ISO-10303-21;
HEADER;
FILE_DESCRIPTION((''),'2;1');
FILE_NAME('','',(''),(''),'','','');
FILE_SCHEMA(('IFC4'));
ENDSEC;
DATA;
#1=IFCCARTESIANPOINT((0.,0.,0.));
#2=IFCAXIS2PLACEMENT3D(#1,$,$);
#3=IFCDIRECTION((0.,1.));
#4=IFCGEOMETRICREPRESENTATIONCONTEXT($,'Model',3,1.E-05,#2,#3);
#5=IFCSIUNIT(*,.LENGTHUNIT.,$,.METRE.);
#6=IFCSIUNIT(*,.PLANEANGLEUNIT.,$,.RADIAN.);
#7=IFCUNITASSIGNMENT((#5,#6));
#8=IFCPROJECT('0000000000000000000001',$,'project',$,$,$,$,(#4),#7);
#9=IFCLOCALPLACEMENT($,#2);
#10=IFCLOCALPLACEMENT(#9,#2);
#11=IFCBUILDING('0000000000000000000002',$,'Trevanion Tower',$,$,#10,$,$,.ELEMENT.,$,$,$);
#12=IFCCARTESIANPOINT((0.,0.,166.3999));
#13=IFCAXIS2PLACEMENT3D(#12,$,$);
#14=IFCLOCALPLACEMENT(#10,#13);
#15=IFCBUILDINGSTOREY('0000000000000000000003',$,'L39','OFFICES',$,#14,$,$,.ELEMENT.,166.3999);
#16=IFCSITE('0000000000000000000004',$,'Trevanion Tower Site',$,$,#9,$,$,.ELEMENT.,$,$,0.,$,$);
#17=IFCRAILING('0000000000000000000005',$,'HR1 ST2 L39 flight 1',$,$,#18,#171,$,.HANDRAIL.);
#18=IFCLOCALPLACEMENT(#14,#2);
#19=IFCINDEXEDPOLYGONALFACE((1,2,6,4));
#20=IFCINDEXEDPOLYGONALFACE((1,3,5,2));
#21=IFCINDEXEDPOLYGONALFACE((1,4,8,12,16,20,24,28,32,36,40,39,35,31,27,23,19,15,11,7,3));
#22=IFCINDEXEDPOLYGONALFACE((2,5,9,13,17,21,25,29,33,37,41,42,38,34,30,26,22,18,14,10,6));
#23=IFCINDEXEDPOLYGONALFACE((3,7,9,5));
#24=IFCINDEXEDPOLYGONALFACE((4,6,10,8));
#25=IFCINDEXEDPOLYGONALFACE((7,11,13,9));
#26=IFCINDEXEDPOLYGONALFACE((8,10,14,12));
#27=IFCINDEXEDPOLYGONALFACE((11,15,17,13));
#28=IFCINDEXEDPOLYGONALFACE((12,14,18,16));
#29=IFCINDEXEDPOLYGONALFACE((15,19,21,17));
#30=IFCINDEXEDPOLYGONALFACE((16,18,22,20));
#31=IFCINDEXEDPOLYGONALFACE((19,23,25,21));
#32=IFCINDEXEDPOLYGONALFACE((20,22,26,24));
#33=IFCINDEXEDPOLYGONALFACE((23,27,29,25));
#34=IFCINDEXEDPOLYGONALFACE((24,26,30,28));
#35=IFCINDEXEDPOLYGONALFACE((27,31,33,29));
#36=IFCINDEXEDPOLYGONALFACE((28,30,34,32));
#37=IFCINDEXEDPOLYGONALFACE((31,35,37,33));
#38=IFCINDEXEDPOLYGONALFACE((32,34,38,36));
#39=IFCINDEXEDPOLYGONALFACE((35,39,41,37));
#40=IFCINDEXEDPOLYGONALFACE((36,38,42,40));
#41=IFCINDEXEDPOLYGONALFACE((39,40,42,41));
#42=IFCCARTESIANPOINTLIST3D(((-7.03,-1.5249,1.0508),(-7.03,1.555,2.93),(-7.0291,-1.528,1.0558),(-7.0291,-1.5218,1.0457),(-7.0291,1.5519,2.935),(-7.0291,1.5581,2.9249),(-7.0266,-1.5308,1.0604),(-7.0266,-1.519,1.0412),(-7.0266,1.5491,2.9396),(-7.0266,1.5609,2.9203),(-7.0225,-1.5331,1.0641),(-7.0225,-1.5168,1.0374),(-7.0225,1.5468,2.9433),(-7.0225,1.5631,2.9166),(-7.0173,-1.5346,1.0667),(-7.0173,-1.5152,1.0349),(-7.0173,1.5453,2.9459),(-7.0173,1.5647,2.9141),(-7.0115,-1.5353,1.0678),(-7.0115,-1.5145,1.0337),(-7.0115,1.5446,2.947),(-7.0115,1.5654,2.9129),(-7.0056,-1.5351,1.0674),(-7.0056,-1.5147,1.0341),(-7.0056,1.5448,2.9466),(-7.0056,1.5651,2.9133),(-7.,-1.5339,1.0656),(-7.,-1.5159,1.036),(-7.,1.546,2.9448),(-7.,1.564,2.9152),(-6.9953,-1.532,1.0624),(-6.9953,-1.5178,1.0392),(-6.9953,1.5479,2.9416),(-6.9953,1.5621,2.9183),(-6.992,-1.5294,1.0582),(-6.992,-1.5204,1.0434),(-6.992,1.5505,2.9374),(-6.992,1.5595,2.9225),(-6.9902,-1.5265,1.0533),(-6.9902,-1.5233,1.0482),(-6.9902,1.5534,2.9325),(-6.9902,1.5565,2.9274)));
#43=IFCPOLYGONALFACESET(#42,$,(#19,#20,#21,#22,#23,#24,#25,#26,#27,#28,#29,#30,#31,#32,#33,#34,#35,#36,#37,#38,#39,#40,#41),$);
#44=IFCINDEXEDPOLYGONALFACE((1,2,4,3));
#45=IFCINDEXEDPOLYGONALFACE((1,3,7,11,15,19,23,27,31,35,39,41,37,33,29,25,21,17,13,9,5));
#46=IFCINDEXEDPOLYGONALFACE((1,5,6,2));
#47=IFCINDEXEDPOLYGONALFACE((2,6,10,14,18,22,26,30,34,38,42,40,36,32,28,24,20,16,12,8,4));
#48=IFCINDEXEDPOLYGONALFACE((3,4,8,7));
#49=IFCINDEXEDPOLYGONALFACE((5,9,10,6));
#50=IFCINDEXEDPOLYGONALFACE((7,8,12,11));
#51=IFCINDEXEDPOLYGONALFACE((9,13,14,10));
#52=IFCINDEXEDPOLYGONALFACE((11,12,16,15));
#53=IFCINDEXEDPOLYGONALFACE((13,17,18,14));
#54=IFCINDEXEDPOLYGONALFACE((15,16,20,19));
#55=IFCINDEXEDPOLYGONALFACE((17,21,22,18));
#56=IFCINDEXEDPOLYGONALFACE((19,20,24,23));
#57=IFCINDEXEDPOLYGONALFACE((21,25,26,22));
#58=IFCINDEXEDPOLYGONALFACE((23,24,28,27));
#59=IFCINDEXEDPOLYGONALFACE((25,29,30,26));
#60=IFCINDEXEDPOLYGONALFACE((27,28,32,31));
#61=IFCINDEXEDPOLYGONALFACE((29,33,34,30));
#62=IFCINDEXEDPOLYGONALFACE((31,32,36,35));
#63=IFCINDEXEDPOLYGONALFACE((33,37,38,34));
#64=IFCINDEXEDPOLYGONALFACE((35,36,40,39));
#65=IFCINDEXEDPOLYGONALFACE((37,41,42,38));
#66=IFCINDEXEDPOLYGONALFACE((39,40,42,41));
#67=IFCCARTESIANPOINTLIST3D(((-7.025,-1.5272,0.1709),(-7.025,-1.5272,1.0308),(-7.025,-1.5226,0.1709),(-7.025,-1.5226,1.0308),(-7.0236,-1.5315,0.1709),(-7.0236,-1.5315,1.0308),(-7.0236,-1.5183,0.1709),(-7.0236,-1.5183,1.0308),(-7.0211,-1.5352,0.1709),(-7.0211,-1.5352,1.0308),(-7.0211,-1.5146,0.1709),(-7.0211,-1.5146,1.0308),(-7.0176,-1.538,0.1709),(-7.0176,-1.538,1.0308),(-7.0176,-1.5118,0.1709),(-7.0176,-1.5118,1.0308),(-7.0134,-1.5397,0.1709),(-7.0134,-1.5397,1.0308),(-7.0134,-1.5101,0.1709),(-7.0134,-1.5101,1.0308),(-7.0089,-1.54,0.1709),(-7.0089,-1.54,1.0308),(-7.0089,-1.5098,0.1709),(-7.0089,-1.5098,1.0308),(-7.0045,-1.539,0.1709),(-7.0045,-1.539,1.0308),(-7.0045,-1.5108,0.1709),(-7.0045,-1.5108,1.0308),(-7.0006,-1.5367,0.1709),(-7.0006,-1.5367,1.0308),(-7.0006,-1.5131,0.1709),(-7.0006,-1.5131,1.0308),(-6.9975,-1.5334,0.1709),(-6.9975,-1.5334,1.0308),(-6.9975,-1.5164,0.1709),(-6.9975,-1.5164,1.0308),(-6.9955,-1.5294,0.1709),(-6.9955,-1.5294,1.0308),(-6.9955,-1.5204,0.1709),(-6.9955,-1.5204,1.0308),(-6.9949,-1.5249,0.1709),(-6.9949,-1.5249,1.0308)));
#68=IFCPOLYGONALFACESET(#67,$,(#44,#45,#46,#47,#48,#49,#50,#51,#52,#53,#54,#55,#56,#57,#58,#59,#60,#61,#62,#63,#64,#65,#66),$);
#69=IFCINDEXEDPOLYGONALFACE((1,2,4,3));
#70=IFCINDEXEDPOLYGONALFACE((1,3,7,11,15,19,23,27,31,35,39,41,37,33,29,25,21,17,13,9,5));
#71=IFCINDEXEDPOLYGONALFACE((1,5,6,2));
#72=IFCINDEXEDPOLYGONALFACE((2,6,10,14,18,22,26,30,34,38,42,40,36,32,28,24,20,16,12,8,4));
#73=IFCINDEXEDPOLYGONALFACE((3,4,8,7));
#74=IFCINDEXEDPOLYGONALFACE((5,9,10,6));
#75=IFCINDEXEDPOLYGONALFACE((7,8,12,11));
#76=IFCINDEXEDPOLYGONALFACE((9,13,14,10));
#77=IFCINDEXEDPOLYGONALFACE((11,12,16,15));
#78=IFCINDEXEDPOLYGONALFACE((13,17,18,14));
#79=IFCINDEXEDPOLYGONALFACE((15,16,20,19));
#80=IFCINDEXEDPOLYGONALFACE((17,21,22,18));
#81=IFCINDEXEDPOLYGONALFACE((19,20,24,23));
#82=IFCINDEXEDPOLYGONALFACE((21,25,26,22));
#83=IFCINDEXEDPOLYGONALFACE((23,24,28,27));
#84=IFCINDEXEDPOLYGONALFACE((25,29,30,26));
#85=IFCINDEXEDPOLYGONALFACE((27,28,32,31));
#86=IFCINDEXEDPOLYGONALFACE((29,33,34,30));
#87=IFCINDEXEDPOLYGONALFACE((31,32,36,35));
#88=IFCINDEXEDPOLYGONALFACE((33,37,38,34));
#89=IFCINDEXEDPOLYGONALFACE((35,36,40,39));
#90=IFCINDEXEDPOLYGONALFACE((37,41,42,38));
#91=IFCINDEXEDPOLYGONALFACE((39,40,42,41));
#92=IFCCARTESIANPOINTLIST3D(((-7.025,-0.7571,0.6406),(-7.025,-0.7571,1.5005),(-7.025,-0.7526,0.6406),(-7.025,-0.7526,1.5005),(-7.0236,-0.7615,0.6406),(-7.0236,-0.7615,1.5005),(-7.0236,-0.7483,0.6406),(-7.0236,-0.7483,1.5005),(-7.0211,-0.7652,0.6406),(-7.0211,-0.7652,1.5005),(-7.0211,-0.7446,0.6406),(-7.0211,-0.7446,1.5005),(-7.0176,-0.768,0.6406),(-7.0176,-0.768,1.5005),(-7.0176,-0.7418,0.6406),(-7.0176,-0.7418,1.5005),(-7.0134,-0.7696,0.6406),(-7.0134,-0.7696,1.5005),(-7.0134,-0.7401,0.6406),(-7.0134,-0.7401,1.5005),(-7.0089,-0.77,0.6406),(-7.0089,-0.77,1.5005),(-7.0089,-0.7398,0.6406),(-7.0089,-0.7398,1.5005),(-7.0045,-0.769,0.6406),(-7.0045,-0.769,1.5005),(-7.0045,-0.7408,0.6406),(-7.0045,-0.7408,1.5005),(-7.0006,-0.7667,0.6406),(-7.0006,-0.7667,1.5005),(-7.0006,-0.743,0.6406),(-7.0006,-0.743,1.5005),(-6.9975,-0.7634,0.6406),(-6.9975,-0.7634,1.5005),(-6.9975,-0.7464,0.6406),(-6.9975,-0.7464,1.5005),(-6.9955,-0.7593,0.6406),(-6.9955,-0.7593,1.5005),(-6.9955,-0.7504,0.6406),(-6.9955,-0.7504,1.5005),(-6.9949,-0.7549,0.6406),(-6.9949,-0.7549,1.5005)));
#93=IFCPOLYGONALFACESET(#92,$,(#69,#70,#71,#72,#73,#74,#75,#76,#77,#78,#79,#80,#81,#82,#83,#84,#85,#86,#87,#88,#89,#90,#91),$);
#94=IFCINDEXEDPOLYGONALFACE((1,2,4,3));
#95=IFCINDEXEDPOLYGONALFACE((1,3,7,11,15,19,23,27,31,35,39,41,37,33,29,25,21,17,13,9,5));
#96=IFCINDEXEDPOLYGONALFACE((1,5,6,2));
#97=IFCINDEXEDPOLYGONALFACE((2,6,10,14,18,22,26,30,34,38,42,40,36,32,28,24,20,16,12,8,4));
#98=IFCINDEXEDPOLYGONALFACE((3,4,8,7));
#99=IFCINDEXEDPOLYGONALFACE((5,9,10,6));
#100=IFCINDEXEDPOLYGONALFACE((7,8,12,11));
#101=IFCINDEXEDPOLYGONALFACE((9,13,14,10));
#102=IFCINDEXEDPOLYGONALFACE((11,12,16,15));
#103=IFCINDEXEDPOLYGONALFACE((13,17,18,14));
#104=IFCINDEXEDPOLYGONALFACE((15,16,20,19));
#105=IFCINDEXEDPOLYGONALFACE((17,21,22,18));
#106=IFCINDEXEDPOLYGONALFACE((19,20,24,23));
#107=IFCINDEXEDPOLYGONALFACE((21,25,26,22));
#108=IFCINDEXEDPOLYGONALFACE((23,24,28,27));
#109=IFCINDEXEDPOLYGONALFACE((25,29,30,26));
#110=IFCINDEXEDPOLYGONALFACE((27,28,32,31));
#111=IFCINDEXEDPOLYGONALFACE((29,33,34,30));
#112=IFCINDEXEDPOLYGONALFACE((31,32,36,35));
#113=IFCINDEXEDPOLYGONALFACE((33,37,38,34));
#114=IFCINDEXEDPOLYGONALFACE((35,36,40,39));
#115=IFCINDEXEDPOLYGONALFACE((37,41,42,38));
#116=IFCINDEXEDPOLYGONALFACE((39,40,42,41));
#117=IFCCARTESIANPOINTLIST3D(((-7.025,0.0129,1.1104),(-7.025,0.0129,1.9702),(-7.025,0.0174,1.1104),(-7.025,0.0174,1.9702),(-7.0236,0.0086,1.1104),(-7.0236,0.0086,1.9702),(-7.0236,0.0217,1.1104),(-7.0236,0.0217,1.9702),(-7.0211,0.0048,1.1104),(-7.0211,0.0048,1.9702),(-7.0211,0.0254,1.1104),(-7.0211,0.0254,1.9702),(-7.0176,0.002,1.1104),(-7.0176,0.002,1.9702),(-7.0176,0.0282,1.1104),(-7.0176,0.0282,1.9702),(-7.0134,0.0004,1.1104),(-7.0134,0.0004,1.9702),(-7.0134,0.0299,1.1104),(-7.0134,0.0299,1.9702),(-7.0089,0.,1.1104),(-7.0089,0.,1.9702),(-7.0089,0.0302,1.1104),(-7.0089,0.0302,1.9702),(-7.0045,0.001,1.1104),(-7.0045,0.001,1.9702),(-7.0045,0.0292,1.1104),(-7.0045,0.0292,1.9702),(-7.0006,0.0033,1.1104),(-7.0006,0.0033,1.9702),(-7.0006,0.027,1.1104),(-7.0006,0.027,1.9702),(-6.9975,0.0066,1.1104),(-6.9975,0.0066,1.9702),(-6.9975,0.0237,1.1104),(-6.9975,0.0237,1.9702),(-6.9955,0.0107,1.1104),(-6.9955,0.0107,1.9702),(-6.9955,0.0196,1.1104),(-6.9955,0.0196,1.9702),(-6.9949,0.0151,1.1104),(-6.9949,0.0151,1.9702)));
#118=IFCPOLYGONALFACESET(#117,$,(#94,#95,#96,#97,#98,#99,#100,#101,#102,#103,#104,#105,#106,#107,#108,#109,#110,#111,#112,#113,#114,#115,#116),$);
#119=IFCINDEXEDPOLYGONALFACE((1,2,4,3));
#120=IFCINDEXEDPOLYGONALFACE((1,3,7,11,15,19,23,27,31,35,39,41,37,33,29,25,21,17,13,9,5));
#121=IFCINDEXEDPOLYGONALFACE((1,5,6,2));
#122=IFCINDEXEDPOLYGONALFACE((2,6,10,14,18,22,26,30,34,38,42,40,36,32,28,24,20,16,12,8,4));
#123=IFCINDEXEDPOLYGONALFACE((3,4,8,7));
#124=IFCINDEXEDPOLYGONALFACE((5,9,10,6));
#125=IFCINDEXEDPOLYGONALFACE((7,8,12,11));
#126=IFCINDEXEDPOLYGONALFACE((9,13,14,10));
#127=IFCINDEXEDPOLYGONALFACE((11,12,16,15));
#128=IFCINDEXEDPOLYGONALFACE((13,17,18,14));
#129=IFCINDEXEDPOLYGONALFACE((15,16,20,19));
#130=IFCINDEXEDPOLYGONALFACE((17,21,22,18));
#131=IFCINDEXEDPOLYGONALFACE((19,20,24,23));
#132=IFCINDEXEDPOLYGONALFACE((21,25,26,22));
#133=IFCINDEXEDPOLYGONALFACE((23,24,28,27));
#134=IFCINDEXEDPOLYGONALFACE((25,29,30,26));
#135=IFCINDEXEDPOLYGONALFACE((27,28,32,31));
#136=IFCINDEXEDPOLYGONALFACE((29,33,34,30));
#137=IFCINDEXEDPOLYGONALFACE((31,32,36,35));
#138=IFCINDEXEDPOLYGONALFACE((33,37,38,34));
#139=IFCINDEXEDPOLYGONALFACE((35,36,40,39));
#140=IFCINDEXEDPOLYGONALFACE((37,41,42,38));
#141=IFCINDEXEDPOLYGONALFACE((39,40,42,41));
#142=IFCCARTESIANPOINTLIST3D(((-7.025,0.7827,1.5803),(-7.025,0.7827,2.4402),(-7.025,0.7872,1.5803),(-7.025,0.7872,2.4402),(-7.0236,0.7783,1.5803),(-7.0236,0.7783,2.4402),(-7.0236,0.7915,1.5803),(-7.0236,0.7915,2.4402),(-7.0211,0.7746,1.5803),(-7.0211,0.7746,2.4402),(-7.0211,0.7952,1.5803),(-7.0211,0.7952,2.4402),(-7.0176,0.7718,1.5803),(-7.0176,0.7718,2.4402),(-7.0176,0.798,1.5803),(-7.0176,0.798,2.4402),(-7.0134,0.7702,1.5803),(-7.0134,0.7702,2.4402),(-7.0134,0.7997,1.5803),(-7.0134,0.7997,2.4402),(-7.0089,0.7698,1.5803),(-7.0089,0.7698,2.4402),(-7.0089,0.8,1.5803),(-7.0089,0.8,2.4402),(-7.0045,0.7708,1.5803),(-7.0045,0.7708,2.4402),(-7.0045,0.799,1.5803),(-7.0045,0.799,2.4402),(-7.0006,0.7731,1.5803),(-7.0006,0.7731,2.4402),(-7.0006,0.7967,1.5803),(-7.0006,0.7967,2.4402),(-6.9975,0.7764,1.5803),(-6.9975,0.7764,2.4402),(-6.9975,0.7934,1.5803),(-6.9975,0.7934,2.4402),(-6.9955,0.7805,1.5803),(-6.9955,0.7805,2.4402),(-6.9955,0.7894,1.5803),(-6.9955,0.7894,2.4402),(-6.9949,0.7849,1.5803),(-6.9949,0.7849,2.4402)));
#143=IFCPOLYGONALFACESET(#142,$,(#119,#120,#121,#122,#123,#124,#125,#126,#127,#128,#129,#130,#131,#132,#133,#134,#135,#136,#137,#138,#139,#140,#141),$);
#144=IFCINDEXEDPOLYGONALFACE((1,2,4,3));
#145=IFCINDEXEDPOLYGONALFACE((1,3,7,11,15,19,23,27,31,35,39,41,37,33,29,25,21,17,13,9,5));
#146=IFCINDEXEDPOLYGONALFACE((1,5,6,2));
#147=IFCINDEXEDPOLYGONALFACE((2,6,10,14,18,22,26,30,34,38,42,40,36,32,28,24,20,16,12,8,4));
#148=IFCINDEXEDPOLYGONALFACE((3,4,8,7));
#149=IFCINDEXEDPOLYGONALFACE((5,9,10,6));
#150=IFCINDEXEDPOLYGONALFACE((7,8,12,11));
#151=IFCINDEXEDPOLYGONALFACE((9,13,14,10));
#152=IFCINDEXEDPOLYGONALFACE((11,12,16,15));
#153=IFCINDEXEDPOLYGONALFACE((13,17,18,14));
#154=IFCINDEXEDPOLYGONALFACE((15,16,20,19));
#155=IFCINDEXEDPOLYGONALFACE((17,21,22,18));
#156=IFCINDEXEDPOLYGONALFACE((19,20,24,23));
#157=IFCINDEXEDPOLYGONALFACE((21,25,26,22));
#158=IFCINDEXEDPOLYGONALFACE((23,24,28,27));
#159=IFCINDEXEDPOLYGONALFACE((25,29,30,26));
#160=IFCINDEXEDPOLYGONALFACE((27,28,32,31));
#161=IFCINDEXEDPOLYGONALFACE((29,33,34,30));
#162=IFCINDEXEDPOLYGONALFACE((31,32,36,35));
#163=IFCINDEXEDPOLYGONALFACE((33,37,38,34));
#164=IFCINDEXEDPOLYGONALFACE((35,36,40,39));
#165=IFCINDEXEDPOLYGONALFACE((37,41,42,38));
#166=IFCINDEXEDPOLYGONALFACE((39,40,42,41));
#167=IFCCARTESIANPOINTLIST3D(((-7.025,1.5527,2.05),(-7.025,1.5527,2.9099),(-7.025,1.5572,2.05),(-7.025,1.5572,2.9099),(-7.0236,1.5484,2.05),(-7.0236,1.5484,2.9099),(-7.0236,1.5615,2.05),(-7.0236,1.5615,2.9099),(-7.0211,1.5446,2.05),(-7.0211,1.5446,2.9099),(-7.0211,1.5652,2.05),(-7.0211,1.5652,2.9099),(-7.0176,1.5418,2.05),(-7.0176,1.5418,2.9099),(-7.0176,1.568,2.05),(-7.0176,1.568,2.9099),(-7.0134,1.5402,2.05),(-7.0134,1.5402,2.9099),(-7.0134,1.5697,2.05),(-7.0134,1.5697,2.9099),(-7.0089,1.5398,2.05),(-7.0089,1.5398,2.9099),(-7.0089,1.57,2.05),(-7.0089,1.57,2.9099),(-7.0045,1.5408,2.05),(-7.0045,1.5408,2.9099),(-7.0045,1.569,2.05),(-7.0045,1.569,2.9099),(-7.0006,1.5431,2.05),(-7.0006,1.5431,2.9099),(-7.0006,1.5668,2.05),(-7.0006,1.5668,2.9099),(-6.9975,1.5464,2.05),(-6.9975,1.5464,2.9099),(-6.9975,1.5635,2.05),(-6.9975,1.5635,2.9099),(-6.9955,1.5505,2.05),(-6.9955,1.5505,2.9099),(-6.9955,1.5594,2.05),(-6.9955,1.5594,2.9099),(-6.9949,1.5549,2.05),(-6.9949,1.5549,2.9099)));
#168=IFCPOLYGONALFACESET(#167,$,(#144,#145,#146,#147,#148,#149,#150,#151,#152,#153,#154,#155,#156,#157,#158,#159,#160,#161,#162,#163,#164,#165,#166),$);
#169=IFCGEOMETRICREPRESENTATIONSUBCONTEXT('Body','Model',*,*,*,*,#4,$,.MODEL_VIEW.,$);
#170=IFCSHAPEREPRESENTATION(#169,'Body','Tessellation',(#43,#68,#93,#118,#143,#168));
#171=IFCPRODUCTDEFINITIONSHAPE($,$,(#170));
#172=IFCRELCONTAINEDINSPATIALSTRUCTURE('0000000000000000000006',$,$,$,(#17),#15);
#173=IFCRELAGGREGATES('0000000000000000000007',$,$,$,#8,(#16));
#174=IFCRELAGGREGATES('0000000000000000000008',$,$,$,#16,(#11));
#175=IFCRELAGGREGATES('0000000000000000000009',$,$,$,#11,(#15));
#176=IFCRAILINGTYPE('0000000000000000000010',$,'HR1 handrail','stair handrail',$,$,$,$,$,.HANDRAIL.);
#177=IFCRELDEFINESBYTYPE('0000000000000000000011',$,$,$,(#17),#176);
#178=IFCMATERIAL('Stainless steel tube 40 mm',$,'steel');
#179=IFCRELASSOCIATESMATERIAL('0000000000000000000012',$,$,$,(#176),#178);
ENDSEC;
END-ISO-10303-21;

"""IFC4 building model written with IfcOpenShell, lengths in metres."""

from ifc_helpers import new_model, si_unit, direction, frame, origin, origin_2d, place, context, subcontext, project, spatial, circle, extrude, material, type_object, element, save


model = new_model("IFC4")

# Units and contexts
model_context = context("Model", 3, precision=1e-05, world=origin(), true_north=direction((0.0, 1.0)))
body_context = subcontext(model_context, "Body", "Model", "MODEL_VIEW")
ifc_project = project(units=[si_unit("LENGTHUNIT", "METRE"), si_unit("PLANEANGLEUNIT", "RADIAN")], contexts=[model_context])

# Site, building, storey
site_placement = place(None, origin())
site = spatial("IfcSite", under=ifc_project, at=site_placement, Name="Trevanion Tower Site", CompositionType="ELEMENT", RefElevation=0.0)
building_placement = place(site_placement, origin())
building = spatial("IfcBuilding", under=site, at=building_placement, Name="Trevanion Tower", CompositionType="ELEMENT")
storey_placement = place(building_placement, frame((0.0, 0.0, 166.3999)))
storey = spatial("IfcBuildingStorey", under=building, at=storey_placement, Name="L39", Description="OFFICES", CompositionType="ELEMENT", Elevation=166.3999)

# Railing
ifc_material_1 = material(Name="Stainless steel tube 40 mm", Category="steel")
railing_type = type_object("IfcRailingType", Name="HR1 handrail", Description="stair handrail", PredefinedType="HANDRAIL", material=ifc_material_1)
for number, where, name in (
    (1, (-7.01, -1.5249, 0.1709), "HR1 ST2 L39 flight 1"),
):
    element("IfcRailing", number, at=place(storey_placement, frame(where)), inside=storey, type_object=railing_type, Name=name, PredefinedType="HANDRAIL", context=body_context, shape_type="SweptSolid", body=[
        extrude(circle(Radius=0.02, at=origin_2d()), frame((0.0, 0.0, 0.8799), z_axis=(0.0, 0.853648, 0.52085), x_axis=(-1.0, 0.0, 0.0)), (0.0, 0.0, 1.0), 3.6079),
        extrude(circle(Radius=0.0151, at=origin_2d()), origin(), (0.0, 0.0, 1.0), 0.8599),
        extrude(circle(Radius=0.0151, at=origin_2d()), frame((0.0, 0.77, 0.4697)), (0.0, 0.0, 1.0), 0.8599),
        extrude(circle(Radius=0.0151, at=origin_2d()), frame((0.0, 1.54, 0.9395)), (0.0, 0.0, 1.0), 0.8599),
        extrude(circle(Radius=0.0151, at=origin_2d()), frame((0.0, 2.3098, 1.4094)), (0.0, 0.0, 1.0), 0.8599),
        extrude(circle(Radius=0.0151, at=origin_2d()), frame((0.0, 3.0798, 1.8792)), (0.0, 0.0, 1.0), 0.8599),
    ])

save(model, "model.ifc")
